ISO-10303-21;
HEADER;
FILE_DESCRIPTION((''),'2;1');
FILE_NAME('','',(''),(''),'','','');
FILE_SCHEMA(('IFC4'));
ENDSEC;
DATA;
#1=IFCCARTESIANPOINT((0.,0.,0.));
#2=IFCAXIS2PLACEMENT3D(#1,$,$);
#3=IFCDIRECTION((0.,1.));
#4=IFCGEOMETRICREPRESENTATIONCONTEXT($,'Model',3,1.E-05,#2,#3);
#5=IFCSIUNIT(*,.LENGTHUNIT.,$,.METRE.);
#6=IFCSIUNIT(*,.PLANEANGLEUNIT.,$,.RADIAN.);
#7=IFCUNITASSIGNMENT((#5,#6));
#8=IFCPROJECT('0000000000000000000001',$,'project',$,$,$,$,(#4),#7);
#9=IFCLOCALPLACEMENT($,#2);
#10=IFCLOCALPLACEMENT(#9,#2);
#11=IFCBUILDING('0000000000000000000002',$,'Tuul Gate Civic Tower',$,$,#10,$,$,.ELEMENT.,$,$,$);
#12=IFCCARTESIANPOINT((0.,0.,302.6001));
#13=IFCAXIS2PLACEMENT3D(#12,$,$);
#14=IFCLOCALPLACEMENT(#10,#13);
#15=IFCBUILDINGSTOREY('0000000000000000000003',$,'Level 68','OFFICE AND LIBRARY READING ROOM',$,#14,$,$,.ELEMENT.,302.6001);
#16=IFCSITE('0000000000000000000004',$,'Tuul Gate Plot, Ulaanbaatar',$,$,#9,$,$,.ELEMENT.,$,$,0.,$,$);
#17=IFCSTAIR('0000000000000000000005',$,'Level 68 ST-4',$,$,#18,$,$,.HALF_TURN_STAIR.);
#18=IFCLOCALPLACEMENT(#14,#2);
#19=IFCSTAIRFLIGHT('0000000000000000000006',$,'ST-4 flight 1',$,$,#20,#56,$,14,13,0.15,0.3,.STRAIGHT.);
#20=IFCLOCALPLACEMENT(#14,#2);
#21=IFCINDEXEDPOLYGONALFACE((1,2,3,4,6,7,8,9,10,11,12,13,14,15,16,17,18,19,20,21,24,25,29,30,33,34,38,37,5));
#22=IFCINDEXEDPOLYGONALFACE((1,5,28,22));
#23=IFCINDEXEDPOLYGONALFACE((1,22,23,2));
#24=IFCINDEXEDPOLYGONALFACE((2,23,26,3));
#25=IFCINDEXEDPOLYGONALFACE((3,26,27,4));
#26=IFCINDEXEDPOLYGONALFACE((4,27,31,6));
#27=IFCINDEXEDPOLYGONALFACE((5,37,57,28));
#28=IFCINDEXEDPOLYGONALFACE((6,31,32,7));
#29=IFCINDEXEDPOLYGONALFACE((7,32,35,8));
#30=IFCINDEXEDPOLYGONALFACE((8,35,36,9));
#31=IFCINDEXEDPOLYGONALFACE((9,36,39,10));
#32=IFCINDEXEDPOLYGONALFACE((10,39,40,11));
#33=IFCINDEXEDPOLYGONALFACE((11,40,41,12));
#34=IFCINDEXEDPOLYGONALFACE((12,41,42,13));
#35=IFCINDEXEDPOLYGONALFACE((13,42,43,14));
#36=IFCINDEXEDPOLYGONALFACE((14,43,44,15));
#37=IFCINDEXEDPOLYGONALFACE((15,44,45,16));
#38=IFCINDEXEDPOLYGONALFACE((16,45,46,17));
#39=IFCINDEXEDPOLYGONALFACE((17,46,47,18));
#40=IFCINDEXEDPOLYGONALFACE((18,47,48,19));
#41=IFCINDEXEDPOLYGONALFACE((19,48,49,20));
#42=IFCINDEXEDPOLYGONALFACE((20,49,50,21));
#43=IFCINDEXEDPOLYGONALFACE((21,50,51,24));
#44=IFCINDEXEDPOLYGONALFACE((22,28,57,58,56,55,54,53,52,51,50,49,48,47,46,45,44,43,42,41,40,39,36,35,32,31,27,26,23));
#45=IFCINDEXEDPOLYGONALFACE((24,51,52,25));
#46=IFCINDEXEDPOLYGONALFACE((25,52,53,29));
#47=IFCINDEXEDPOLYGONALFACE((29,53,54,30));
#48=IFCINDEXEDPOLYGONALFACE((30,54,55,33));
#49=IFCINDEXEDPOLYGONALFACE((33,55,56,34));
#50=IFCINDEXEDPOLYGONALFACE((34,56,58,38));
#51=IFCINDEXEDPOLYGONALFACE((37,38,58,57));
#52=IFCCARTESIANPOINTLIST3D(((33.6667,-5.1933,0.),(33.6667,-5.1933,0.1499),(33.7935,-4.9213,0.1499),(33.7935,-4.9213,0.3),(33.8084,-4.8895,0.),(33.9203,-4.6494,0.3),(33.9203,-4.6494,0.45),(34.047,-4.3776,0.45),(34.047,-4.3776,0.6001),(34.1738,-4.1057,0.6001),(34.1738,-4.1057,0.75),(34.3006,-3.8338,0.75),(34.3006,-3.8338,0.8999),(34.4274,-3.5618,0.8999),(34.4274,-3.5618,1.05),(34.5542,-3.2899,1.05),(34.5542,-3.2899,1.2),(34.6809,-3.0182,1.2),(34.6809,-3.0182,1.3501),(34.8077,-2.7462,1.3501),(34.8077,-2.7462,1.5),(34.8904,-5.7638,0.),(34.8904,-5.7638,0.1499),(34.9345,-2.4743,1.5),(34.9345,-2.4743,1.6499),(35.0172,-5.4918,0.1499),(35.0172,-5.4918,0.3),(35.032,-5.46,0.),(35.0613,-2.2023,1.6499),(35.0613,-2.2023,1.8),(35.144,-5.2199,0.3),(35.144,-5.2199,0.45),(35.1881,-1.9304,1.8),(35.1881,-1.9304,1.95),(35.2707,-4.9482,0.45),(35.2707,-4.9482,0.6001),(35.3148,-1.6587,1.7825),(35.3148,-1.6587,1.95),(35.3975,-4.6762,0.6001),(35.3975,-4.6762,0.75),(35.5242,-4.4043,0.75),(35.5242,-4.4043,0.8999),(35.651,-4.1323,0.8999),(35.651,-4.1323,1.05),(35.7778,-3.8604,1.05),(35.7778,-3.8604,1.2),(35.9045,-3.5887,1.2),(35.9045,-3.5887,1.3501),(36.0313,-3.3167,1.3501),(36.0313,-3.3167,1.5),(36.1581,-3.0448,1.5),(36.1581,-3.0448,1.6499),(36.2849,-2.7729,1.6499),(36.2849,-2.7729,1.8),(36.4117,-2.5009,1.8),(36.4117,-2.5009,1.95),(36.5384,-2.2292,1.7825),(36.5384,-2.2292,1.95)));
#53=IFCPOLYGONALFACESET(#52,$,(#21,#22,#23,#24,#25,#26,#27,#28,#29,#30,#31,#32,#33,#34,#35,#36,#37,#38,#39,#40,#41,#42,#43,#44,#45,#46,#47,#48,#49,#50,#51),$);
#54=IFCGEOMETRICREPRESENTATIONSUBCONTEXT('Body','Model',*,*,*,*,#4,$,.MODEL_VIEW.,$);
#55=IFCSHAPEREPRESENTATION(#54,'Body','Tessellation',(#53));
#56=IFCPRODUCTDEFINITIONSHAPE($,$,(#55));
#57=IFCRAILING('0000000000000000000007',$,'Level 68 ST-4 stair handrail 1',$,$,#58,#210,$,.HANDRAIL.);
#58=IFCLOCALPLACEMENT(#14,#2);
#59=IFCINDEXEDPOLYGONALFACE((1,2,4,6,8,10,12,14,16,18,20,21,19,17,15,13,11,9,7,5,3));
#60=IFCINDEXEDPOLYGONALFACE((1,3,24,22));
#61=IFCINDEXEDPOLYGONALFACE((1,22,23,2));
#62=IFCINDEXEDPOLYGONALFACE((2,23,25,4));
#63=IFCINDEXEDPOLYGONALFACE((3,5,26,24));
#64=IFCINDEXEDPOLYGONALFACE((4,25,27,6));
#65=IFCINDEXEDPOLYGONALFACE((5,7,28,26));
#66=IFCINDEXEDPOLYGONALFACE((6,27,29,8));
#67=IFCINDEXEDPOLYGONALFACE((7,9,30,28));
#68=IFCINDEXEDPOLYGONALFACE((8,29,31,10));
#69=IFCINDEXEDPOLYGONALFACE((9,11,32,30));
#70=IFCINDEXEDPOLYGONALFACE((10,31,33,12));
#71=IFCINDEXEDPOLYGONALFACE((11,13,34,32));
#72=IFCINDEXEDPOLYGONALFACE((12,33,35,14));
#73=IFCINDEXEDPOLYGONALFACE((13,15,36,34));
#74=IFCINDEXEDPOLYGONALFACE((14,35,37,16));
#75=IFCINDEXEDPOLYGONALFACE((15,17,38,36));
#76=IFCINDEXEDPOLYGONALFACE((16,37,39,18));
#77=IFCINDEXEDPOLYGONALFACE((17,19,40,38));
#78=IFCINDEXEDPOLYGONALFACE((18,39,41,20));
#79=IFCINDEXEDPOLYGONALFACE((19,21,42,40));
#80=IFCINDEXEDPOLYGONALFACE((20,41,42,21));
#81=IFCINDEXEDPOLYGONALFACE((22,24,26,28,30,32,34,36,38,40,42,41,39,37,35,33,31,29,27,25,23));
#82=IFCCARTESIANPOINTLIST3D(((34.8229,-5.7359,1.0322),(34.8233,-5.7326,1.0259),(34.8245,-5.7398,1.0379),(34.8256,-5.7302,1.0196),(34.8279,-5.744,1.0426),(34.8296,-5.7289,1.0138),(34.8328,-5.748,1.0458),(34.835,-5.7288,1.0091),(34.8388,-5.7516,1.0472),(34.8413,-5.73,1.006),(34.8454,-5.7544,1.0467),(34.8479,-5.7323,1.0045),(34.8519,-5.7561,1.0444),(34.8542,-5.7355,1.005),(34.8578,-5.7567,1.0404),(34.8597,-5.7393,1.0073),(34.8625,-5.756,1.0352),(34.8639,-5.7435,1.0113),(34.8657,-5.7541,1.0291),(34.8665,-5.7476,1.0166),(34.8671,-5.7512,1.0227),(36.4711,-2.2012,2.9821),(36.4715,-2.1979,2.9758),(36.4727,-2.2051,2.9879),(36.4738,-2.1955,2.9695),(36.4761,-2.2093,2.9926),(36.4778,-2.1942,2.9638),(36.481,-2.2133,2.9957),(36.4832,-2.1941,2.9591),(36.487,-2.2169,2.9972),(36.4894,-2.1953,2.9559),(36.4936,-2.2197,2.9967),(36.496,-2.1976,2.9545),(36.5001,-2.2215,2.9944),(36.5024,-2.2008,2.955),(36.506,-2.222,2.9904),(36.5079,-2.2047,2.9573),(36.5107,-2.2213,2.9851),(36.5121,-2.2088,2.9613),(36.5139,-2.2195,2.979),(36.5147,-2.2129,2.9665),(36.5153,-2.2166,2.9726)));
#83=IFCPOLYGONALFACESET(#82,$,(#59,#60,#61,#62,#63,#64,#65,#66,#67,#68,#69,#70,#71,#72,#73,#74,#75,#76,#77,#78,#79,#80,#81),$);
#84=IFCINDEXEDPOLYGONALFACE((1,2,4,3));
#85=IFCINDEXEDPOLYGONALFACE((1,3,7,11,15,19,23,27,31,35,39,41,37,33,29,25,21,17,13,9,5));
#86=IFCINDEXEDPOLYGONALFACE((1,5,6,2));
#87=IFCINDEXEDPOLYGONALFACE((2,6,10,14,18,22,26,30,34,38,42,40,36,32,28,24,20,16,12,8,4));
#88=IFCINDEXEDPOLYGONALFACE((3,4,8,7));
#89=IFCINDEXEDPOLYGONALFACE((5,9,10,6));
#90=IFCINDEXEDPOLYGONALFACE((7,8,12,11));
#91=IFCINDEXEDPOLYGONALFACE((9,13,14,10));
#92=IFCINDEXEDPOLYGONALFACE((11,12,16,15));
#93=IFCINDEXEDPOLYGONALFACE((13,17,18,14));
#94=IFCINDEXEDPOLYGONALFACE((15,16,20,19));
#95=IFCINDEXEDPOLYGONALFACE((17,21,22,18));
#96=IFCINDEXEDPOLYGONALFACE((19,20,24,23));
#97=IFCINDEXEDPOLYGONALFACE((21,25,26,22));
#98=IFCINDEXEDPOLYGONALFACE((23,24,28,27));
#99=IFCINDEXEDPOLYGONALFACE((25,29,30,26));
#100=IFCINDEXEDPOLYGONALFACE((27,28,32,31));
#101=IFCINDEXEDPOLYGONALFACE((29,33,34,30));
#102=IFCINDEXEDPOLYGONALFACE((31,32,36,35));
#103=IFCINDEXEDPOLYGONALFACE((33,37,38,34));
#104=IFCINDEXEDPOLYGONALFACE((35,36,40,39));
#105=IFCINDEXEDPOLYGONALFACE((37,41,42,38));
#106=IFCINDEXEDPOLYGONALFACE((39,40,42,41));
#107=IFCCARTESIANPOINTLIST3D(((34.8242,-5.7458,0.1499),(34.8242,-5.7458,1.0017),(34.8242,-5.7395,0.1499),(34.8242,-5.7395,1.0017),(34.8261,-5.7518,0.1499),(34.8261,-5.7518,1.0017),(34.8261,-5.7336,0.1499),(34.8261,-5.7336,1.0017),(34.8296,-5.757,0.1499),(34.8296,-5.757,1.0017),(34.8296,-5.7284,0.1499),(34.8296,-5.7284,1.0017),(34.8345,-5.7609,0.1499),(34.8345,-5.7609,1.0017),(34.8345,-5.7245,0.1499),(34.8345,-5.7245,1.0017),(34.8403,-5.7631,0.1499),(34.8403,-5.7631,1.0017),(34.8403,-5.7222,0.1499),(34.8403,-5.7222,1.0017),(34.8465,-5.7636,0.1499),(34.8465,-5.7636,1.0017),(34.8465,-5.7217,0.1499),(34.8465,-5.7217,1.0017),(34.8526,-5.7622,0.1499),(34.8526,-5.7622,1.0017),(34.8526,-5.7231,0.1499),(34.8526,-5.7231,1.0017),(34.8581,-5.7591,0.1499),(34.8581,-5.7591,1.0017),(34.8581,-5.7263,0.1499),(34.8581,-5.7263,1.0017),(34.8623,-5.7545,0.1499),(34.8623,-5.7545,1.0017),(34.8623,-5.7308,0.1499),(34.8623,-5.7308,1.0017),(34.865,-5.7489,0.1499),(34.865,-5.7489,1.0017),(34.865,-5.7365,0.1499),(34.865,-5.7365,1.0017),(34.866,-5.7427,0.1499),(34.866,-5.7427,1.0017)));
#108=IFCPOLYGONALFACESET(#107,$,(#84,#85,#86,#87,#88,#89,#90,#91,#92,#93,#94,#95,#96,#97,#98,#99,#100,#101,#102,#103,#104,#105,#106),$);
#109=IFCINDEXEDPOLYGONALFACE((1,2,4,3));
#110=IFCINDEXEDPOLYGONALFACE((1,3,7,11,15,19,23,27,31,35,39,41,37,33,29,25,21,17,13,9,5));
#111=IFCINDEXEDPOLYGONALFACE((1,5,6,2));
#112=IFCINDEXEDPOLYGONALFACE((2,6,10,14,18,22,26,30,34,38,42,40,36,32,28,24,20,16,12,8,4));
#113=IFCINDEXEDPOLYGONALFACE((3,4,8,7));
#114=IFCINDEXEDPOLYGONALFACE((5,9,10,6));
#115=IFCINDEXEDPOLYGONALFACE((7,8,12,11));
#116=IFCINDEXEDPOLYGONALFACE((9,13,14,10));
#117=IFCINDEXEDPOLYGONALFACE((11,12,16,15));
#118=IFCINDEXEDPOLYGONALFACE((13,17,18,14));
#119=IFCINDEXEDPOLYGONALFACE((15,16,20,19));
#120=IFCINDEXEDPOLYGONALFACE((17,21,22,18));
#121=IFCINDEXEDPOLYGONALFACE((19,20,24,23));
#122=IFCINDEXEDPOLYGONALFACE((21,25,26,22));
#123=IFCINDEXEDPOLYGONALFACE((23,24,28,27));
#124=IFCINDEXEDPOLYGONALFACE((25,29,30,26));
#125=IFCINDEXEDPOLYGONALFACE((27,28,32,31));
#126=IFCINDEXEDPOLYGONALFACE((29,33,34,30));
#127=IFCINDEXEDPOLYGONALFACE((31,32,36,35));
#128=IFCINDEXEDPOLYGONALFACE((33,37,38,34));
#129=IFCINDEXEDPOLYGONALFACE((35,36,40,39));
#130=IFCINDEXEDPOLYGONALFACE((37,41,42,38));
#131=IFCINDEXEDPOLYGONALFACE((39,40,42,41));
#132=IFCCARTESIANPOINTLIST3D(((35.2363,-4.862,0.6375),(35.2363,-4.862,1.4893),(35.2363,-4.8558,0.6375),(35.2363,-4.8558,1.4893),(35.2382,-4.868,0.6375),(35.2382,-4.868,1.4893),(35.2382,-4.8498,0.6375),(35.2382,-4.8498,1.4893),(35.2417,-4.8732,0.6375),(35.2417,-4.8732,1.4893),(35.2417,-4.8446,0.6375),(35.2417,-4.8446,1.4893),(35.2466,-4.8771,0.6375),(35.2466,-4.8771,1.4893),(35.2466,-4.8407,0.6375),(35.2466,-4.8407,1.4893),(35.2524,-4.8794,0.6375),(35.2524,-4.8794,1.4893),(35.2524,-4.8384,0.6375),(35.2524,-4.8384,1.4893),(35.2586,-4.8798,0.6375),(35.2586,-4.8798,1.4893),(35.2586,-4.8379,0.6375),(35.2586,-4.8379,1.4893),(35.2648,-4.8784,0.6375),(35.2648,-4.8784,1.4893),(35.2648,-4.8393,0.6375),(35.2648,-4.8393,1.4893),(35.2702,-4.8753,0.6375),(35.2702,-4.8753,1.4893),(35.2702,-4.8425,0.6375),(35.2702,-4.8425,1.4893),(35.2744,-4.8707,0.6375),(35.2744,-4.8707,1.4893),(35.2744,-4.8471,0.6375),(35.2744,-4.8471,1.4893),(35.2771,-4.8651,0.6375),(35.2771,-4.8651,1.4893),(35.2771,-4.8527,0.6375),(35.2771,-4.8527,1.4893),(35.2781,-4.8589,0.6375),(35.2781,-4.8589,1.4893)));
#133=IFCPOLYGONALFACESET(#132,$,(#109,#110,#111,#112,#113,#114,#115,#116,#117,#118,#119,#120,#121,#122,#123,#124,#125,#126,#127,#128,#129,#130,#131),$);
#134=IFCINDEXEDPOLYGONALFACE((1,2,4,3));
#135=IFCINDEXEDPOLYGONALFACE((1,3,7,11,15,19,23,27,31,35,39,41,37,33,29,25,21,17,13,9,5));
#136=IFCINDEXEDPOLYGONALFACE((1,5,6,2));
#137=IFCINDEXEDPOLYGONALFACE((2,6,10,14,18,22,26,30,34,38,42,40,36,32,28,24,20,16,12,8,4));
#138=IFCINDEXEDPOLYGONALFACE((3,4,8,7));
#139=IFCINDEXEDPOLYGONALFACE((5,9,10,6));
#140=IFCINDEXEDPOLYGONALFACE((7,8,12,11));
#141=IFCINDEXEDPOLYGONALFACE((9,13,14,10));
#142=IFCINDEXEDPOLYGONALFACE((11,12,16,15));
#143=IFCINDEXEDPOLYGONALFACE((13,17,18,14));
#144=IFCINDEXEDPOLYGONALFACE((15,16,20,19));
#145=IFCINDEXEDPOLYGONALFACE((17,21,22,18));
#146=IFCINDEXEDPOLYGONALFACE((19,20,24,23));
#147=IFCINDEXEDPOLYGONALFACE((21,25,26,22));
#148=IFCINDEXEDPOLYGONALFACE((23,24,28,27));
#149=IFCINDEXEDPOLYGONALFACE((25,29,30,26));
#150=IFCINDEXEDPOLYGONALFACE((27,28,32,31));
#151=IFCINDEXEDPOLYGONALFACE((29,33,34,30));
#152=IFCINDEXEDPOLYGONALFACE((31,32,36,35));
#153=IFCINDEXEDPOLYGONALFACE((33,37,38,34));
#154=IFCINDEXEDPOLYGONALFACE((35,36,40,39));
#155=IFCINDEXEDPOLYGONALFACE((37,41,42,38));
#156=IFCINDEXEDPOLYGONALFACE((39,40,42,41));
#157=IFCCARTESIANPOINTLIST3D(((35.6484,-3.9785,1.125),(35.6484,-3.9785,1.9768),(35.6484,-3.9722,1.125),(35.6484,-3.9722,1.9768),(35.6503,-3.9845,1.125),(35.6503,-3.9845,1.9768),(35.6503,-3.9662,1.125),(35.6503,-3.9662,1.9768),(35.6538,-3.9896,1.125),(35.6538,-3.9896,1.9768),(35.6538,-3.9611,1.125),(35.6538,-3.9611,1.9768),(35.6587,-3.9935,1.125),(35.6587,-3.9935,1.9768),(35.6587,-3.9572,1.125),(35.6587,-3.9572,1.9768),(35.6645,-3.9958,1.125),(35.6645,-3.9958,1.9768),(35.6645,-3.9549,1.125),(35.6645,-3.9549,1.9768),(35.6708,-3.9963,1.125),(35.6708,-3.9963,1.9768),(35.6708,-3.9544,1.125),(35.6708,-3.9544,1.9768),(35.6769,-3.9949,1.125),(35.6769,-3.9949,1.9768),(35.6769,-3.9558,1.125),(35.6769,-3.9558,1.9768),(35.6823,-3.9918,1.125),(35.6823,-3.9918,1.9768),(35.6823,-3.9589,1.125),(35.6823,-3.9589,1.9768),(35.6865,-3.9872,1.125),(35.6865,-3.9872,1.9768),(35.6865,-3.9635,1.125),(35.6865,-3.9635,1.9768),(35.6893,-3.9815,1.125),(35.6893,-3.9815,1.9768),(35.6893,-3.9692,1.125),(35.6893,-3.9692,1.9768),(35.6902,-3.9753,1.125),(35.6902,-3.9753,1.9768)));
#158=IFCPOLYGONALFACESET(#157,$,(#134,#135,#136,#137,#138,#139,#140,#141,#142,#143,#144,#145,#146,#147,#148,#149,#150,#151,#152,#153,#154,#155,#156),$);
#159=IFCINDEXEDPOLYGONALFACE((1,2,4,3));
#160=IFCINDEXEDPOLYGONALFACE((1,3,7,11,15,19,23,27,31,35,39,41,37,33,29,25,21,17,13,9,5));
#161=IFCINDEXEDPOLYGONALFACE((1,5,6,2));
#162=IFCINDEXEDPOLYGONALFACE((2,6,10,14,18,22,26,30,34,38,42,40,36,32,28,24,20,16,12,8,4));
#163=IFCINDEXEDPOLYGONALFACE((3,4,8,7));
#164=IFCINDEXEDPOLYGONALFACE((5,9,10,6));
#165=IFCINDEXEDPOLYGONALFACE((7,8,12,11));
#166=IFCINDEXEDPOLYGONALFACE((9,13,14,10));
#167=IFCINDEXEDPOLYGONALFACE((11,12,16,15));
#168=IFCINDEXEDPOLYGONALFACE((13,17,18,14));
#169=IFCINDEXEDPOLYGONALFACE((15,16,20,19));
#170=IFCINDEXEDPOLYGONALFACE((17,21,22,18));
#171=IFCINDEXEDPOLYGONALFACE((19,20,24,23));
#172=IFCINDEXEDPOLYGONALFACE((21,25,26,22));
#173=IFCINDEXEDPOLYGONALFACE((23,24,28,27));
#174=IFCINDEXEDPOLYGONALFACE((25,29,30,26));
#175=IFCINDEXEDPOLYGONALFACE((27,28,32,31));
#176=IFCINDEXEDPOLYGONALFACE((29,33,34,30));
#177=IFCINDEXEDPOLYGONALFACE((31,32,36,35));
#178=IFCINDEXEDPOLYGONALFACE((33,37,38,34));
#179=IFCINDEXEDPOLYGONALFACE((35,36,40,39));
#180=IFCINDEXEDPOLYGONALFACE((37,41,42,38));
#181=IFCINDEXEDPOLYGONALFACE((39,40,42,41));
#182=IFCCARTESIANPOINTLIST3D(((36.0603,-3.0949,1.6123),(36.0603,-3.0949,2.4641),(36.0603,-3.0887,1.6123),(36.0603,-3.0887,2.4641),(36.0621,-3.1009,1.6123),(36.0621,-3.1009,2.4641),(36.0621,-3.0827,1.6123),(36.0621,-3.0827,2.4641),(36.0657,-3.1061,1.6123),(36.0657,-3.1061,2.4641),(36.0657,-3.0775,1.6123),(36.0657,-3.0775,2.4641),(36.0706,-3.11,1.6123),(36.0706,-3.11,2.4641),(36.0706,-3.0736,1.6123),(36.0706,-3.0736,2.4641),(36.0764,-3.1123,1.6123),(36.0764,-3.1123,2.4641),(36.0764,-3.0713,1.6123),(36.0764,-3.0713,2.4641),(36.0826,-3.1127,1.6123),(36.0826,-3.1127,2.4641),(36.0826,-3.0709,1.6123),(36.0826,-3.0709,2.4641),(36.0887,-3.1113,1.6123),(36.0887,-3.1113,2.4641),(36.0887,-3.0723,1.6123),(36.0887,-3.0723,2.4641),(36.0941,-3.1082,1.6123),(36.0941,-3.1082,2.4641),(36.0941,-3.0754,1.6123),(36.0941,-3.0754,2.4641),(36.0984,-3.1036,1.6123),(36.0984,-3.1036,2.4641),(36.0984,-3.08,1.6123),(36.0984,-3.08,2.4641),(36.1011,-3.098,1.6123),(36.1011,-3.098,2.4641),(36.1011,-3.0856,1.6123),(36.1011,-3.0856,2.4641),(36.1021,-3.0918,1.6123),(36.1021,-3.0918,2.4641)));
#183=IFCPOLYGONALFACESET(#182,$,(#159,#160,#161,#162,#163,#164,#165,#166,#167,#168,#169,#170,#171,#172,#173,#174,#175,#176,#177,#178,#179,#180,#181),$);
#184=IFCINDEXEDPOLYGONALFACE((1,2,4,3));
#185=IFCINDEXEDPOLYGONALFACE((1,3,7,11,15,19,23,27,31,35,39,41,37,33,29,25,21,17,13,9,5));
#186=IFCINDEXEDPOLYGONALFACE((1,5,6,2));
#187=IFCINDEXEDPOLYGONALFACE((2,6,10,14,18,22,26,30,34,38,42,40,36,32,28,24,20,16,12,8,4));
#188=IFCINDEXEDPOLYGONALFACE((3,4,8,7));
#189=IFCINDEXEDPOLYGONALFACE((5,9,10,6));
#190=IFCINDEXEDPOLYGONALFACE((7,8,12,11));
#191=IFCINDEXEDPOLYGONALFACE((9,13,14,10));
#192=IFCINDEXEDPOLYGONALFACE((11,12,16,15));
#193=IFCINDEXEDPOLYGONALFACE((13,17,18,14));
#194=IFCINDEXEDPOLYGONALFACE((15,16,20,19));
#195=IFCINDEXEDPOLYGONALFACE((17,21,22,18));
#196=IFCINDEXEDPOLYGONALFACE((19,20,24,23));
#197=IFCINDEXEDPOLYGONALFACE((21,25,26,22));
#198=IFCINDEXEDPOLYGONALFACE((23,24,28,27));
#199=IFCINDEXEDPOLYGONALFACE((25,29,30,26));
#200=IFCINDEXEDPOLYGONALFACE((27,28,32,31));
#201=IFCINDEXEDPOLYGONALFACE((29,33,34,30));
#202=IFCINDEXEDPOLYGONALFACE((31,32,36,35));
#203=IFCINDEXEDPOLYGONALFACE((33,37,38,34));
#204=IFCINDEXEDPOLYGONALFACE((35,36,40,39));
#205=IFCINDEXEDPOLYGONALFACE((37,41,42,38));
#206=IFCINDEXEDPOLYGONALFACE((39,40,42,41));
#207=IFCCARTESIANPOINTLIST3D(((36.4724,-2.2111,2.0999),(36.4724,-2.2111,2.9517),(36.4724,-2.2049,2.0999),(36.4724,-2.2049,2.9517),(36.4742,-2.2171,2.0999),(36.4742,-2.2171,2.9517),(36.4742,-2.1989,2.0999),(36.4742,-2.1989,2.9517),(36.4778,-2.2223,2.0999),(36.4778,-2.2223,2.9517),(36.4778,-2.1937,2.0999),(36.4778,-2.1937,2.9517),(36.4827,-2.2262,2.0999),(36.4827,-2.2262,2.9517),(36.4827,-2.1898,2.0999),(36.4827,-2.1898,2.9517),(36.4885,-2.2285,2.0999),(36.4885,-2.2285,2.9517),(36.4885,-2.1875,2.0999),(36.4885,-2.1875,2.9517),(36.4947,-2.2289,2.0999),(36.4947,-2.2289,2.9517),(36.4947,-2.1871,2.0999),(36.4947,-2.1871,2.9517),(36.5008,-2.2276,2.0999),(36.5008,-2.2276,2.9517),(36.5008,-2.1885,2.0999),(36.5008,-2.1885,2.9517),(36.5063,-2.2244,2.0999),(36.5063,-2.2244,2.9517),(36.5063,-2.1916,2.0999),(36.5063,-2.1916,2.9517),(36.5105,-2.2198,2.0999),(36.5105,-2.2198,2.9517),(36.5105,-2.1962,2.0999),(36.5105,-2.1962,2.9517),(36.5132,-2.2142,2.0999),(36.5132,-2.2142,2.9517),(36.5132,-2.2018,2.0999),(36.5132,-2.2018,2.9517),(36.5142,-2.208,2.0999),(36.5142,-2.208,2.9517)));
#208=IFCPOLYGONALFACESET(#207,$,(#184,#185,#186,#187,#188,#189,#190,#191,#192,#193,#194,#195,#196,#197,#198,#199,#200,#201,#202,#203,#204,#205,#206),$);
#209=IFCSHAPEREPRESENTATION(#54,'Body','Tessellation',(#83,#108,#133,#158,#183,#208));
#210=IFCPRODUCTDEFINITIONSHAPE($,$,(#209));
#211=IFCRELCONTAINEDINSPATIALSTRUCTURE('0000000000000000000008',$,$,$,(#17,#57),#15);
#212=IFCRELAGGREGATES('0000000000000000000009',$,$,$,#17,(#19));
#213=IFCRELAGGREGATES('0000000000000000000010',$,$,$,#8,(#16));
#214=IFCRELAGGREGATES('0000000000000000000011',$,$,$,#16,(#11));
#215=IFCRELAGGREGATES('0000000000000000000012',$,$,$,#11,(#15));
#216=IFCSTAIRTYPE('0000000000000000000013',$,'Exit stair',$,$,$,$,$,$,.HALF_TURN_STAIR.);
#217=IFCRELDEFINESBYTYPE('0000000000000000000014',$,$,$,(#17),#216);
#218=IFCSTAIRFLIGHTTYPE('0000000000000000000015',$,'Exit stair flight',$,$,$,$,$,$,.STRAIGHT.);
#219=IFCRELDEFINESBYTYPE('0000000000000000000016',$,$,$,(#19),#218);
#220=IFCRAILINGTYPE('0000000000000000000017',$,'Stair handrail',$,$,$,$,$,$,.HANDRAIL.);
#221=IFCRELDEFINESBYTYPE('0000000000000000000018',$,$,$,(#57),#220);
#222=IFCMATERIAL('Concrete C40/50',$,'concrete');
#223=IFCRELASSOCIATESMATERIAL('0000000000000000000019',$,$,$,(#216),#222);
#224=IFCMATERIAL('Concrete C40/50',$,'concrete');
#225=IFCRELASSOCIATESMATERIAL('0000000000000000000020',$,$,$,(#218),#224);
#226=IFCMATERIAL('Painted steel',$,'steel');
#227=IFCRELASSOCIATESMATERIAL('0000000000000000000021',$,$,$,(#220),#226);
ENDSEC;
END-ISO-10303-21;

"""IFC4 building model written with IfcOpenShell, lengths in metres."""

from ifc_helpers import new_model, si_unit, direction, frame, origin, origin_2d, place, context, subcontext, project, spatial, polyline, circle, outline, extrude, material, type_object, element, aggregate, save


model = new_model("IFC4")

# Units and contexts
model_context = context("Model", 3, precision=1e-05, world=origin(), true_north=direction((0.0, 1.0)))
body_context = subcontext(model_context, "Body", "Model", "MODEL_VIEW")
ifc_project = project(units=[si_unit("LENGTHUNIT", "METRE"), si_unit("PLANEANGLEUNIT", "RADIAN")], contexts=[model_context])

# Site, building, storey
site_placement = place(None, origin())
site = spatial("IfcSite", under=ifc_project, at=site_placement, Name="Tuul Gate Plot, Ulaanbaatar", CompositionType="ELEMENT", RefElevation=0.0)
building_placement = place(site_placement, origin())
building = spatial("IfcBuilding", under=site, at=building_placement, Name="Tuul Gate Civic Tower", CompositionType="ELEMENT")
storey_placement = place(building_placement, frame((0.0, 0.0, 302.6001)))
storey = spatial("IfcBuildingStorey", under=building, at=storey_placement, Name="Level 68", Description="OFFICE AND LIBRARY READING ROOM", CompositionType="ELEMENT", Elevation=302.6001)

# Stair, stair flight
ifc_material_1 = material(Name="Concrete C40/50", Category="concrete")
stair_type = type_object("IfcStairType", Name="Exit stair", PredefinedType="HALF_TURN_STAIR", material=ifc_material_1)
stair_placement = place(storey_placement, origin())
stair = element("IfcStair", 1, at=stair_placement, inside=storey, type_object=stair_type, Name="Level 68 ST-4", PredefinedType="HALF_TURN_STAIR")
ifc_material_2 = material(Name="Concrete C40/50", Category="concrete")
stair_flight_type = type_object("IfcStairFlightType", Name="Exit stair flight", PredefinedType="STRAIGHT", material=ifc_material_2)
stair_flight_placement = place(storey_placement, frame((34.2786, -5.4785, 0.0), z_axis=(0.0, 0.0, 1.0), x_axis=(0.422576, 0.906327, 0.0)))
stair_flight = element("IfcStairFlight", 2, at=stair_flight_placement, type_object=stair_flight_type, Name="ST-4 flight 1", NumberOfRisers=14, NumberOfTreads=13, PredefinedType="STRAIGHT", RiserHeight=0.15, TreadLength=0.3, context=body_context, shape_type="SweptSolid", body=[
    extrude(outline(polyline([(0.0, 0.0), (0.0, 0.1499), (0.3, 0.1499), (0.3, 0.3), (0.6001, 0.3), (0.6001, 0.45), (0.8999, 0.45), (0.8999, 0.6001), (1.2, 0.6001), (1.2, 0.75), (1.5, 0.75), (1.5, 0.8999), (1.8, 0.8999), (1.8, 1.05), (2.1001, 1.05), (2.1001, 1.2), (2.3999, 1.2), (2.3999, 1.3501), (2.7, 1.3501), (2.7, 1.5), (3.0, 1.5), (3.0, 1.6499), (3.3, 1.6499), (3.3, 1.8), (3.6001, 1.8), (3.6001, 1.95), (3.8999, 1.95), (3.8999, 2.1001), (3.8999, 1.7825), (0.3352, 0.0), (0.0, 0.0)])), frame((0.0, 0.675, 0.0), z_axis=(0.0, -1.0, 0.0), x_axis=(1.0, 0.0, 0.0)), (0.0, 0.0, 1.0), 1.3501),
])
aggregate(stair, [stair_flight])

# Railing
ifc_material_3 = material(Name="Painted steel", Category="steel")
railing_type_1 = type_object("IfcRailingType", Name="Stair handrail", PredefinedType="HANDRAIL", material=ifc_material_3)
railing_1_placement = place(storey_placement, frame((34.845, -5.7427, 0.1499)))
element("IfcRailing", 3, at=railing_1_placement, inside=storey, type_object=railing_type_1, Name="Level 68 ST-4 stair handrail 1", PredefinedType="HANDRAIL", context=body_context, shape_type="SweptSolid", body=[
    extrude(circle(Radius=0.0239, at=origin_2d()), frame((0.0, 0.0, 0.876), z_axis=(0.377995, 0.810637, 0.4472), x_axis=(-0.906313, 0.422608, 0.0)), (0.0, 0.0, 1.0), 4.3604),
    extrude(circle(Radius=0.021, at=origin_2d()), origin(), (0.0, 0.0, 1.0), 0.8518),
    extrude(circle(Radius=0.021, at=origin_2d()), frame((0.4121, 0.8838, 0.4875)), (0.0, 0.0, 1.0), 0.8518),
    extrude(circle(Radius=0.021, at=origin_2d()), frame((0.8242, 1.7673, 0.9751)), (0.0, 0.0, 1.0), 0.8518),
    extrude(circle(Radius=0.021, at=origin_2d()), frame((1.2361, 2.6509, 1.4624)), (0.0, 0.0, 1.0), 0.8518),
    extrude(circle(Radius=0.021, at=origin_2d()), frame((1.6482, 3.5347, 1.95)), (0.0, 0.0, 1.0), 0.8518),
])

save(model, "model.ifc")
